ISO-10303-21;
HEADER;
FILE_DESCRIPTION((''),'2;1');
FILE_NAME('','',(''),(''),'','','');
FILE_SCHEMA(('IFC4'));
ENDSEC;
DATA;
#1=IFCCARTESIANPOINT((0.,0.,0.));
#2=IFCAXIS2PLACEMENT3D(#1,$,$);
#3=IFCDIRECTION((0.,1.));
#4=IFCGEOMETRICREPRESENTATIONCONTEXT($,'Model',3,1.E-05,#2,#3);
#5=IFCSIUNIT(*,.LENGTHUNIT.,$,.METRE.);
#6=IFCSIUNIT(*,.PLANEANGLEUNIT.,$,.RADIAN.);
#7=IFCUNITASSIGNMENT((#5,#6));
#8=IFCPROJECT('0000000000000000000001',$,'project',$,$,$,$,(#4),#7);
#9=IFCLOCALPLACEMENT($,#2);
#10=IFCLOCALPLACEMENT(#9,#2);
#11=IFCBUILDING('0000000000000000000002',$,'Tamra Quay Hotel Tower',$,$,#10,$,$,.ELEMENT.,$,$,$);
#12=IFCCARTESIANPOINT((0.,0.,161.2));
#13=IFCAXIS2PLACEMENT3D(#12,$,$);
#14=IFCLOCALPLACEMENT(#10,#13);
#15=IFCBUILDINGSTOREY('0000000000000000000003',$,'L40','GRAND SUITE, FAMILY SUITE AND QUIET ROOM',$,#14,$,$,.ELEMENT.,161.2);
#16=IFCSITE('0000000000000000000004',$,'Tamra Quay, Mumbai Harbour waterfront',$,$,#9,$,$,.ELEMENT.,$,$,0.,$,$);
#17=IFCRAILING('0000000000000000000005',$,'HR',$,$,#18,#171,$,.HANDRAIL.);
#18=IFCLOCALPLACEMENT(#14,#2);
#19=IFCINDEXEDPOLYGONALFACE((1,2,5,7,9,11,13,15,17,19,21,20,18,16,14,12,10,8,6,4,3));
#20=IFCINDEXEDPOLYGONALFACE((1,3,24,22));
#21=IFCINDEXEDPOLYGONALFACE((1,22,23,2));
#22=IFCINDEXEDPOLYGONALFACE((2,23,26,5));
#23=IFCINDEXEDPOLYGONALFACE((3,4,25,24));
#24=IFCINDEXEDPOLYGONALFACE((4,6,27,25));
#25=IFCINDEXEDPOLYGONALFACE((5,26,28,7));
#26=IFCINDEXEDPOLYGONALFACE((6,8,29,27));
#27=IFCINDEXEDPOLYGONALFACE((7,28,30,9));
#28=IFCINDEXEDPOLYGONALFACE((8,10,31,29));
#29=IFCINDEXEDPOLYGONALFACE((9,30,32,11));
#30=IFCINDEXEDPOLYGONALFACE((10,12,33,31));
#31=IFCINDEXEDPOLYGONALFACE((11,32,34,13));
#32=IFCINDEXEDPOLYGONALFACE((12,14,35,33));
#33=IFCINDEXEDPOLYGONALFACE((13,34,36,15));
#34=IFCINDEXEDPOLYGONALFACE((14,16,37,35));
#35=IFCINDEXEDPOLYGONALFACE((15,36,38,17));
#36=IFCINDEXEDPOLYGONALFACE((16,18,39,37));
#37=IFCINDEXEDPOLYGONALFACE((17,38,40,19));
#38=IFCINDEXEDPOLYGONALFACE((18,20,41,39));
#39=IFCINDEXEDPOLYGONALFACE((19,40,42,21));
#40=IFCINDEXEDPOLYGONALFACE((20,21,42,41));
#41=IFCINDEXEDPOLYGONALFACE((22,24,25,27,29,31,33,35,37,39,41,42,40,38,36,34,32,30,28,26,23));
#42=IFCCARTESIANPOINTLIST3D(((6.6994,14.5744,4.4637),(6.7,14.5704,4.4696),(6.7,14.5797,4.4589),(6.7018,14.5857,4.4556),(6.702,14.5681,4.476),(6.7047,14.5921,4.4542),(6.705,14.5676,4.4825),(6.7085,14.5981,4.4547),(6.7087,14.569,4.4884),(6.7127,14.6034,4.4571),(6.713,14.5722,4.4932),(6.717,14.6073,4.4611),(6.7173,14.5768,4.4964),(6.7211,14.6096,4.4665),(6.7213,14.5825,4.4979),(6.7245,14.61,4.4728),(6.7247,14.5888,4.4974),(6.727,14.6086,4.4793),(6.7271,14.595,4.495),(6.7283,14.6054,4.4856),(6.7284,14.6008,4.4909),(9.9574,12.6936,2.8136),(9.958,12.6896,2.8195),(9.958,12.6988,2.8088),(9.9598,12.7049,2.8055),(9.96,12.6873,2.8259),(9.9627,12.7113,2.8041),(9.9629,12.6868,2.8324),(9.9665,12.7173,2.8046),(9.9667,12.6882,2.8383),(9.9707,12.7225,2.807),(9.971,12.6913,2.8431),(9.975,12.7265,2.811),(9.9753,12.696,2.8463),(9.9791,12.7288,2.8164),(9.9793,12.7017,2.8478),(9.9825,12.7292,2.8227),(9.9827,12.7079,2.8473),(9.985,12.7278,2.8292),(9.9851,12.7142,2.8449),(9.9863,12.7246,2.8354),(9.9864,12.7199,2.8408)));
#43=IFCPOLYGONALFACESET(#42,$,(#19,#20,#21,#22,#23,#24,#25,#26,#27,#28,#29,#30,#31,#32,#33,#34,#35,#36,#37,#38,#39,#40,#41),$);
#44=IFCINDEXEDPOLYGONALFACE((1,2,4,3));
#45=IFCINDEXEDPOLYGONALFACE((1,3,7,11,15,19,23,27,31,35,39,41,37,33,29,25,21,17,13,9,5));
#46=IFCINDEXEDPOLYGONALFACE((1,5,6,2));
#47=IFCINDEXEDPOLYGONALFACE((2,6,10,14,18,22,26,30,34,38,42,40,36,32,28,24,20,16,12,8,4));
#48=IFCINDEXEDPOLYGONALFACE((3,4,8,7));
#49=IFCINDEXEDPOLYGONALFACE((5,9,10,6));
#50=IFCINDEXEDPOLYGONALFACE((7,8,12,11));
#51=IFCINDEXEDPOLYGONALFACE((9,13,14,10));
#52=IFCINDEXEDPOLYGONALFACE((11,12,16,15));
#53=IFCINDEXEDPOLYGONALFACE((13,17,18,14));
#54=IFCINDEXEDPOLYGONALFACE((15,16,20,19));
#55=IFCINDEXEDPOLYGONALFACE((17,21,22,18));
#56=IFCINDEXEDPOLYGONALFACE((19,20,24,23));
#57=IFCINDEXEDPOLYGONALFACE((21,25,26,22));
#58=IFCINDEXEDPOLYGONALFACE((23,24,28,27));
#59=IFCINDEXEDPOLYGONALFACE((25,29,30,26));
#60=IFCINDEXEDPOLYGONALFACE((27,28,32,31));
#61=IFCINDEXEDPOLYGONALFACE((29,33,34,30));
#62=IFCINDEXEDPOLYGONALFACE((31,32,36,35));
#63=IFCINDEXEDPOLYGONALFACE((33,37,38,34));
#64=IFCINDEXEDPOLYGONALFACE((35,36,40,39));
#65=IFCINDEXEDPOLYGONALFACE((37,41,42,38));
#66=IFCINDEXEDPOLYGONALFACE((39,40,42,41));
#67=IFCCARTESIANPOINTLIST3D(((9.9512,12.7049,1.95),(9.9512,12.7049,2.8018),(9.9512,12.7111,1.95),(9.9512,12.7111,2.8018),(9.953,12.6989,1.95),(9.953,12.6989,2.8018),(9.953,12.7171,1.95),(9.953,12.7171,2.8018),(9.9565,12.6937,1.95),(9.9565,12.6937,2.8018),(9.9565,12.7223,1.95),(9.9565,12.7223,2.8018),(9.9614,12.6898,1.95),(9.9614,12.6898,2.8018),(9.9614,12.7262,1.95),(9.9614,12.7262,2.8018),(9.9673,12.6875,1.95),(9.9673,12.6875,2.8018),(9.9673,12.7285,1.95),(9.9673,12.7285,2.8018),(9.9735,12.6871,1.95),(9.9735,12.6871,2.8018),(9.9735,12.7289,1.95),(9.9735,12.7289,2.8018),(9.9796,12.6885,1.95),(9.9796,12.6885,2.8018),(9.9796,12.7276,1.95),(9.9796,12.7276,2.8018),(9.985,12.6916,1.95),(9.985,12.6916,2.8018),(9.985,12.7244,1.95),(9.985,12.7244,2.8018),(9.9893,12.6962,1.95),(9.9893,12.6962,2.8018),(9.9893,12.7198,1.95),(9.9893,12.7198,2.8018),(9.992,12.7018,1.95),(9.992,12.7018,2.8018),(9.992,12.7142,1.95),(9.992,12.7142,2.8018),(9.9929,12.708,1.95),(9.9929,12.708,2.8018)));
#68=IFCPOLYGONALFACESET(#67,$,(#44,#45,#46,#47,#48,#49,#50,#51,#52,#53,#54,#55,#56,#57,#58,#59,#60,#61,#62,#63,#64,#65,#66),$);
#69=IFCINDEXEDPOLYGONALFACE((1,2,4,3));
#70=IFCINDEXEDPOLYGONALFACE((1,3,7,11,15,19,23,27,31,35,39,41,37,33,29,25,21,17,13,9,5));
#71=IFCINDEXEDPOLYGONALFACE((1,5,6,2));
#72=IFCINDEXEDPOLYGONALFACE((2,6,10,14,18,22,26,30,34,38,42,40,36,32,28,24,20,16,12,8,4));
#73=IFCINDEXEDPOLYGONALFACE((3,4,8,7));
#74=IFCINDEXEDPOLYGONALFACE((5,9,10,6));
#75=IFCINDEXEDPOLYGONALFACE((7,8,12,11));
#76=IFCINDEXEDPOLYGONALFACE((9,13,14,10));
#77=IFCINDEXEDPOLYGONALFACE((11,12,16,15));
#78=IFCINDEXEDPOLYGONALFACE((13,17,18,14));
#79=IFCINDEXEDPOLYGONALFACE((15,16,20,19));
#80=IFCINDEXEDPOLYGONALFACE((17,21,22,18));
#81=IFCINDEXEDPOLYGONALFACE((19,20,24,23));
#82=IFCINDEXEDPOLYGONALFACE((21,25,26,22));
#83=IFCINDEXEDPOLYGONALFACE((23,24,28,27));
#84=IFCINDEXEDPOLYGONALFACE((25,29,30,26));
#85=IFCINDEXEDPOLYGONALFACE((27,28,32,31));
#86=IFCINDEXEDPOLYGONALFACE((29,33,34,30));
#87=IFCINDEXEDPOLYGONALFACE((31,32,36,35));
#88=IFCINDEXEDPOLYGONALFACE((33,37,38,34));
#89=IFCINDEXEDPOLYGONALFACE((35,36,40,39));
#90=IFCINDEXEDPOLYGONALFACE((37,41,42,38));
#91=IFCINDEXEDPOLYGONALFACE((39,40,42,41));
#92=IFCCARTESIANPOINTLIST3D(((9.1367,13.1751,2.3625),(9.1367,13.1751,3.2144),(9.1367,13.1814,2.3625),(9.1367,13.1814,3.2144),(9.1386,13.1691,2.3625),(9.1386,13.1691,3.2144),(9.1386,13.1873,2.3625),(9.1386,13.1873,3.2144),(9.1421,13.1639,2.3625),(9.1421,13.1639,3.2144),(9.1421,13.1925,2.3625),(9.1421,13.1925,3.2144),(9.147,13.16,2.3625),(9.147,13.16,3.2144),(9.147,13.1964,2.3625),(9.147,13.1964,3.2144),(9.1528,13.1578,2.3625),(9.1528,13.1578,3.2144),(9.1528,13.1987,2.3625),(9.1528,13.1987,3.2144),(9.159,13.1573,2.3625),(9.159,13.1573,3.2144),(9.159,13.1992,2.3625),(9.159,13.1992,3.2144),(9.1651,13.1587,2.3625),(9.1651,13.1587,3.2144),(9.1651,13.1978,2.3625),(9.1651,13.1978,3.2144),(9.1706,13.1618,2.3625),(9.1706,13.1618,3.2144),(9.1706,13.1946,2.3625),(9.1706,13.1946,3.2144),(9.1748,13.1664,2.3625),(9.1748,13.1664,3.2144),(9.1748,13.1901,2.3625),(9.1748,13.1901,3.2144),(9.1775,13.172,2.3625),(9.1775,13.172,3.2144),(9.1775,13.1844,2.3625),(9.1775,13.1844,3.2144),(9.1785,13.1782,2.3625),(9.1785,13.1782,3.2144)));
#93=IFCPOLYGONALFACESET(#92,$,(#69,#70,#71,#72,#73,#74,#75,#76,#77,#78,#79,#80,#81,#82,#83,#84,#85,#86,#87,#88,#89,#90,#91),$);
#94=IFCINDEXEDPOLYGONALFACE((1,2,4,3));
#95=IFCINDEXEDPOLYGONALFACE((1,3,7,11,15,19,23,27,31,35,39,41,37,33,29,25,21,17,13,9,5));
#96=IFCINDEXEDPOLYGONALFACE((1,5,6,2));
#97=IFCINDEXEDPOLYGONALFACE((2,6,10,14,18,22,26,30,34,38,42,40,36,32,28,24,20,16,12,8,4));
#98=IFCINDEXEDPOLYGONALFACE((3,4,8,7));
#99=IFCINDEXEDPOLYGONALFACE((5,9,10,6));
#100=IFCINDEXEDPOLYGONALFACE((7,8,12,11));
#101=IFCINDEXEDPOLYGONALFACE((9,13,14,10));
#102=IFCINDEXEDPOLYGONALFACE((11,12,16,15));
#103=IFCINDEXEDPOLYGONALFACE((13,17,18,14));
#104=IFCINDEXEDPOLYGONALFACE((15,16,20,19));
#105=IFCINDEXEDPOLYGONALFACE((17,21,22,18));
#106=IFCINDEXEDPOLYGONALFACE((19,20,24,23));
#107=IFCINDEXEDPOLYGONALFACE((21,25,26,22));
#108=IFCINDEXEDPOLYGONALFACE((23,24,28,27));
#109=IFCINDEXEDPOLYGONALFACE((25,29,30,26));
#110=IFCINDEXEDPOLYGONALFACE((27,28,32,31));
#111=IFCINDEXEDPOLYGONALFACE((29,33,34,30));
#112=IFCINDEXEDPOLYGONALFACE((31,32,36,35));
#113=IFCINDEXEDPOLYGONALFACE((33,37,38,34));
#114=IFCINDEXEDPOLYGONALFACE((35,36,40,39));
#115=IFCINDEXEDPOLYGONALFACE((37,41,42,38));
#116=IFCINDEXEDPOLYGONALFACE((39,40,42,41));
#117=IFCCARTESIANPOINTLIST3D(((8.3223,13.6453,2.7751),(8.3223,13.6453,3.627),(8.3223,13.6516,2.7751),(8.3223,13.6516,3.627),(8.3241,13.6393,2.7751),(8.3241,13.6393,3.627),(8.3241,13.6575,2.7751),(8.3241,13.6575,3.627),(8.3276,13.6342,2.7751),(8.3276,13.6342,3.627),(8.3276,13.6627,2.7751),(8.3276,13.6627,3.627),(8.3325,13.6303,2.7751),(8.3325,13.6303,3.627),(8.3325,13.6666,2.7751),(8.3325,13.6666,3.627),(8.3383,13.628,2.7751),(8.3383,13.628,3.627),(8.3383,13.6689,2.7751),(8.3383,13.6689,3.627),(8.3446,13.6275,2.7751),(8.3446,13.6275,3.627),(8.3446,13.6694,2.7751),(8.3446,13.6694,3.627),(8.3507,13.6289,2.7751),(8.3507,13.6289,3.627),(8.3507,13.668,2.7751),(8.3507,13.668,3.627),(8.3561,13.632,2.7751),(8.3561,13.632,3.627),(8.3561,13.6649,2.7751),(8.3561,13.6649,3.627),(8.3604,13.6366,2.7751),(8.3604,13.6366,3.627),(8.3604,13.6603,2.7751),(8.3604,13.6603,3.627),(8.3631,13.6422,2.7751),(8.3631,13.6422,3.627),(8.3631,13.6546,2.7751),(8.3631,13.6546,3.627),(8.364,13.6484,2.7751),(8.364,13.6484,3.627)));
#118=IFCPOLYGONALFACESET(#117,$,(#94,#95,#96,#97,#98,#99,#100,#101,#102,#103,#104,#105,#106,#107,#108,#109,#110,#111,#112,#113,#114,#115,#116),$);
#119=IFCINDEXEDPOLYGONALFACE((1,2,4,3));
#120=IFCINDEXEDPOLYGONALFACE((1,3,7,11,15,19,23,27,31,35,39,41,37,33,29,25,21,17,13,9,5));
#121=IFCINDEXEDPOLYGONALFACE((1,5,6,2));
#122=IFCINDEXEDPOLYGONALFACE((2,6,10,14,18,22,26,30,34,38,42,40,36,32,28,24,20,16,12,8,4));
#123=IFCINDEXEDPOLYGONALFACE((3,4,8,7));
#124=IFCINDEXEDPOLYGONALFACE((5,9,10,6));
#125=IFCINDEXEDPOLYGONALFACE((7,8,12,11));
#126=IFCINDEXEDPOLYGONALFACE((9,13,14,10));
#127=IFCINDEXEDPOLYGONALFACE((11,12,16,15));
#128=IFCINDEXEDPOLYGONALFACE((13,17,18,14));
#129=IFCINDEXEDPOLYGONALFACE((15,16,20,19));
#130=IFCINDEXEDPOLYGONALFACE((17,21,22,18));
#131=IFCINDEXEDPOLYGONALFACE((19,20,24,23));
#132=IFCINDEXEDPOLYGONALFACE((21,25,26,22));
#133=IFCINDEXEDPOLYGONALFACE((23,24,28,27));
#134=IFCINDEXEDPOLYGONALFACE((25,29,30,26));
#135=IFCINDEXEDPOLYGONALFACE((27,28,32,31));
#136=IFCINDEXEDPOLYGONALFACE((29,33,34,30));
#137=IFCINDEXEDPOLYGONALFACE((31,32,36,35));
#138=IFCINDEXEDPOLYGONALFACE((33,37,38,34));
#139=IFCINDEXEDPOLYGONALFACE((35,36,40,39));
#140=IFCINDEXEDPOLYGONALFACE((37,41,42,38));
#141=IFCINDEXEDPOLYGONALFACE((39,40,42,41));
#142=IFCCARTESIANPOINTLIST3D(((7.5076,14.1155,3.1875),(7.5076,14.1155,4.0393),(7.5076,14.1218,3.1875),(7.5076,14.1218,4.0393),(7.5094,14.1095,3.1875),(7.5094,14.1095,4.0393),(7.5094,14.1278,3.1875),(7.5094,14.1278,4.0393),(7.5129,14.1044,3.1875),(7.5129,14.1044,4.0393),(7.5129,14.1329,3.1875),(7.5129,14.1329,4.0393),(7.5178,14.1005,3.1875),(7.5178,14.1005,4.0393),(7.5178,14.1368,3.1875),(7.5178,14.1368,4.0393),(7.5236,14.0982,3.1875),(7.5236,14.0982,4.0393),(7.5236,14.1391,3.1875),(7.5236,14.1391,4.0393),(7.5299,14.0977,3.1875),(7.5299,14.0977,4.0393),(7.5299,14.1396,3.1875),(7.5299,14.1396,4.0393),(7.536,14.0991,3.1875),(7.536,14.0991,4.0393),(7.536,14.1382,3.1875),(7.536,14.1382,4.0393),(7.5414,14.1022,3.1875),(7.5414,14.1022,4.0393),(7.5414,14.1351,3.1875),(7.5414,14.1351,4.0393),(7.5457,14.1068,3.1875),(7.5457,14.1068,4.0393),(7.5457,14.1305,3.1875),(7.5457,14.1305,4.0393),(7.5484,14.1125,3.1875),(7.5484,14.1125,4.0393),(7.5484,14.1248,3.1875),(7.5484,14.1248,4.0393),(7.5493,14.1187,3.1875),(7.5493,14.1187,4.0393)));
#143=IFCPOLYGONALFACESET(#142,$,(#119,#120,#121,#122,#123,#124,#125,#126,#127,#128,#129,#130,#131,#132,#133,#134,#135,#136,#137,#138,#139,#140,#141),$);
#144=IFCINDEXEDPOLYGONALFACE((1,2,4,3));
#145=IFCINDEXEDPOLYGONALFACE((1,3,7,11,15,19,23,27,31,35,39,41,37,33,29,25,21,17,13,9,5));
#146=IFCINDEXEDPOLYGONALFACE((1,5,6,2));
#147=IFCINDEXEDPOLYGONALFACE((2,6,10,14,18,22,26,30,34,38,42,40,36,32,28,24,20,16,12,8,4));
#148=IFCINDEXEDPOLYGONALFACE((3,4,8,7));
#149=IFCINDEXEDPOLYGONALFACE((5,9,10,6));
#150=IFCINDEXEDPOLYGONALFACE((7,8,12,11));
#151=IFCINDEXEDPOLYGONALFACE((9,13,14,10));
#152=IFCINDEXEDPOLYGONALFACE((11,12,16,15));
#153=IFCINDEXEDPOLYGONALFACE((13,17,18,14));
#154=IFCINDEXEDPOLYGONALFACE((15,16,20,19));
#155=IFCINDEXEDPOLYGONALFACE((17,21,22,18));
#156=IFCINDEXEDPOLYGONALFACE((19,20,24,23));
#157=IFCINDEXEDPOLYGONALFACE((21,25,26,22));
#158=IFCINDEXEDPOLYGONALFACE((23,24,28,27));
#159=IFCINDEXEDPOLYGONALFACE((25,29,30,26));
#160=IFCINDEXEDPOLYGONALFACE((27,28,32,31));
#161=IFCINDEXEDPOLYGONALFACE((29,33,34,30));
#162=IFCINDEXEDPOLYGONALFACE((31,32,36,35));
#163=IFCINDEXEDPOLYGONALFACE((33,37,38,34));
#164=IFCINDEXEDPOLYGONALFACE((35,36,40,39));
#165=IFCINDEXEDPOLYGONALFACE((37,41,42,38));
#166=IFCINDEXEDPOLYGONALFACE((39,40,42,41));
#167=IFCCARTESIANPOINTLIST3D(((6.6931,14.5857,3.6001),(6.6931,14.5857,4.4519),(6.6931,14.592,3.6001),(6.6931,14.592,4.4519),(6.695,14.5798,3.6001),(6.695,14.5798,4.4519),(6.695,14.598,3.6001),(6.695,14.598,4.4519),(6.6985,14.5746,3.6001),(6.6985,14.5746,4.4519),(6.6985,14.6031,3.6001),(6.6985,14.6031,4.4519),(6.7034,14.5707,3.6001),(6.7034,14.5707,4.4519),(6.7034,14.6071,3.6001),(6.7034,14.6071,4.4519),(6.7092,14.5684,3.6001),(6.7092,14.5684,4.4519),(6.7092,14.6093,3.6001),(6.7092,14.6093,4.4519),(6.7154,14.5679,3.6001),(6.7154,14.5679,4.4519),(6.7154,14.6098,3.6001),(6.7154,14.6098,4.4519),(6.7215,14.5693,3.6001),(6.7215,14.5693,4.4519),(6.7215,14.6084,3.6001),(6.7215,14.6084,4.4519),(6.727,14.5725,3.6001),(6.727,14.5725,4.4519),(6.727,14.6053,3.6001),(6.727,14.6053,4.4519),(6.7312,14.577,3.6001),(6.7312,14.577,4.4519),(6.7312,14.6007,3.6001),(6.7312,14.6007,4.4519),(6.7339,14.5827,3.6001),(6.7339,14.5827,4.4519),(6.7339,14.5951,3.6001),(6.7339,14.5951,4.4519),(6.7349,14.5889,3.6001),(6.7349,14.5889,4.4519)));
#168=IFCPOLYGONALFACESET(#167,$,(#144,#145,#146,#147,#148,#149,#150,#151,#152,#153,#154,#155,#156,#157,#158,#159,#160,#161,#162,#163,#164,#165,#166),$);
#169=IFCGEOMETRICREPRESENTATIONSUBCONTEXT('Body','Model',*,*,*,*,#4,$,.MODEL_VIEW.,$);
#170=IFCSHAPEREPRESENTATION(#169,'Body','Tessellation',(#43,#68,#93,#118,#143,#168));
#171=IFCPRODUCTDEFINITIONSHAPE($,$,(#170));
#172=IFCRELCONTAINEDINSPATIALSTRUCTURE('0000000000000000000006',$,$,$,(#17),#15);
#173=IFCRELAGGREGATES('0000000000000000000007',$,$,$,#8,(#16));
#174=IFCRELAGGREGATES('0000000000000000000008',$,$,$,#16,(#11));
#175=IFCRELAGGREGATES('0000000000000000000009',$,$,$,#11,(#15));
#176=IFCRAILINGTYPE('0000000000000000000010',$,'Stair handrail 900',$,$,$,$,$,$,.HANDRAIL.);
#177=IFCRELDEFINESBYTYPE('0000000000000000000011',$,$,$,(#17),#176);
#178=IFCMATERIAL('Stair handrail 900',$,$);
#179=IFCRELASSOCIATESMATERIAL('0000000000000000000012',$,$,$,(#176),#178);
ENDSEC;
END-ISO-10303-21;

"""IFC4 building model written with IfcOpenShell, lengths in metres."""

from ifc_helpers import new_model, si_unit, direction, frame, origin, origin_2d, place, context, subcontext, project, spatial, circle, extrude, material, type_object, element, save


model = new_model("IFC4")

# Units and contexts
model_context = context("Model", 3, precision=1e-05, world=origin(), true_north=direction((0.0, 1.0)))
body_context = subcontext(model_context, "Body", "Model", "MODEL_VIEW")
ifc_project = project(units=[si_unit("LENGTHUNIT", "METRE"), si_unit("PLANEANGLEUNIT", "RADIAN")], contexts=[model_context])

# Site, building, storey
site_placement = place(None, origin())
site = spatial("IfcSite", under=ifc_project, at=site_placement, Name="Tamra Quay, Mumbai Harbour waterfront", CompositionType="ELEMENT", RefElevation=0.0)
building_placement = place(site_placement, origin())
building = spatial("IfcBuilding", under=site, at=building_placement, Name="Tamra Quay Hotel Tower", CompositionType="ELEMENT")
storey_placement = place(building_placement, frame((0.0, 0.0, 161.2)))
storey = spatial("IfcBuildingStorey", under=building, at=storey_placement, Name="L40", Description="GRAND SUITE, FAMILY SUITE AND QUIET ROOM", CompositionType="ELEMENT", Elevation=161.2)

# Railing
ifc_material_1 = material(Name="Stair handrail 900")
railing_type_1 = type_object("IfcRailingType", Name="Stair handrail 900", PredefinedType="HANDRAIL", material=ifc_material_1)
railing_1_placement = place(storey_placement, frame((9.9719, 12.708, 1.95)))
element("IfcRailing", 1, at=railing_1_placement, inside=storey, type_object=railing_type_1, Name="HR", PredefinedType="HANDRAIL", context=body_context, shape_type="SweptSolid", body=[
    extrude(circle(Radius=0.0239, at=origin_2d()), frame((0.0, 0.0, 0.876), z_axis=(-0.793103, 0.457854, 0.401692), x_axis=(-0.499964, -0.866046, 0.0)), (0.0, 0.0, 1.0), 4.1079),
    extrude(circle(Radius=0.021, at=origin_2d()), origin(), (0.0, 0.0, 1.0), 0.8518),
    extrude(circle(Radius=0.021, at=origin_2d()), frame((-0.8145, 0.4702, 0.4126)), (0.0, 0.0, 1.0), 0.8518),
    extrude(circle(Radius=0.021, at=origin_2d()), frame((-1.6289, 0.9404, 0.8252)), (0.0, 0.0, 1.0), 0.8518),
    extrude(circle(Radius=0.021, at=origin_2d()), frame((-2.4436, 1.4106, 1.2375)), (0.0, 0.0, 1.0), 0.8518),
    extrude(circle(Radius=0.021, at=origin_2d()), frame((-3.2581, 1.8809, 1.6501)), (0.0, 0.0, 1.0), 0.8518),
])

save(model, "model.ifc")
